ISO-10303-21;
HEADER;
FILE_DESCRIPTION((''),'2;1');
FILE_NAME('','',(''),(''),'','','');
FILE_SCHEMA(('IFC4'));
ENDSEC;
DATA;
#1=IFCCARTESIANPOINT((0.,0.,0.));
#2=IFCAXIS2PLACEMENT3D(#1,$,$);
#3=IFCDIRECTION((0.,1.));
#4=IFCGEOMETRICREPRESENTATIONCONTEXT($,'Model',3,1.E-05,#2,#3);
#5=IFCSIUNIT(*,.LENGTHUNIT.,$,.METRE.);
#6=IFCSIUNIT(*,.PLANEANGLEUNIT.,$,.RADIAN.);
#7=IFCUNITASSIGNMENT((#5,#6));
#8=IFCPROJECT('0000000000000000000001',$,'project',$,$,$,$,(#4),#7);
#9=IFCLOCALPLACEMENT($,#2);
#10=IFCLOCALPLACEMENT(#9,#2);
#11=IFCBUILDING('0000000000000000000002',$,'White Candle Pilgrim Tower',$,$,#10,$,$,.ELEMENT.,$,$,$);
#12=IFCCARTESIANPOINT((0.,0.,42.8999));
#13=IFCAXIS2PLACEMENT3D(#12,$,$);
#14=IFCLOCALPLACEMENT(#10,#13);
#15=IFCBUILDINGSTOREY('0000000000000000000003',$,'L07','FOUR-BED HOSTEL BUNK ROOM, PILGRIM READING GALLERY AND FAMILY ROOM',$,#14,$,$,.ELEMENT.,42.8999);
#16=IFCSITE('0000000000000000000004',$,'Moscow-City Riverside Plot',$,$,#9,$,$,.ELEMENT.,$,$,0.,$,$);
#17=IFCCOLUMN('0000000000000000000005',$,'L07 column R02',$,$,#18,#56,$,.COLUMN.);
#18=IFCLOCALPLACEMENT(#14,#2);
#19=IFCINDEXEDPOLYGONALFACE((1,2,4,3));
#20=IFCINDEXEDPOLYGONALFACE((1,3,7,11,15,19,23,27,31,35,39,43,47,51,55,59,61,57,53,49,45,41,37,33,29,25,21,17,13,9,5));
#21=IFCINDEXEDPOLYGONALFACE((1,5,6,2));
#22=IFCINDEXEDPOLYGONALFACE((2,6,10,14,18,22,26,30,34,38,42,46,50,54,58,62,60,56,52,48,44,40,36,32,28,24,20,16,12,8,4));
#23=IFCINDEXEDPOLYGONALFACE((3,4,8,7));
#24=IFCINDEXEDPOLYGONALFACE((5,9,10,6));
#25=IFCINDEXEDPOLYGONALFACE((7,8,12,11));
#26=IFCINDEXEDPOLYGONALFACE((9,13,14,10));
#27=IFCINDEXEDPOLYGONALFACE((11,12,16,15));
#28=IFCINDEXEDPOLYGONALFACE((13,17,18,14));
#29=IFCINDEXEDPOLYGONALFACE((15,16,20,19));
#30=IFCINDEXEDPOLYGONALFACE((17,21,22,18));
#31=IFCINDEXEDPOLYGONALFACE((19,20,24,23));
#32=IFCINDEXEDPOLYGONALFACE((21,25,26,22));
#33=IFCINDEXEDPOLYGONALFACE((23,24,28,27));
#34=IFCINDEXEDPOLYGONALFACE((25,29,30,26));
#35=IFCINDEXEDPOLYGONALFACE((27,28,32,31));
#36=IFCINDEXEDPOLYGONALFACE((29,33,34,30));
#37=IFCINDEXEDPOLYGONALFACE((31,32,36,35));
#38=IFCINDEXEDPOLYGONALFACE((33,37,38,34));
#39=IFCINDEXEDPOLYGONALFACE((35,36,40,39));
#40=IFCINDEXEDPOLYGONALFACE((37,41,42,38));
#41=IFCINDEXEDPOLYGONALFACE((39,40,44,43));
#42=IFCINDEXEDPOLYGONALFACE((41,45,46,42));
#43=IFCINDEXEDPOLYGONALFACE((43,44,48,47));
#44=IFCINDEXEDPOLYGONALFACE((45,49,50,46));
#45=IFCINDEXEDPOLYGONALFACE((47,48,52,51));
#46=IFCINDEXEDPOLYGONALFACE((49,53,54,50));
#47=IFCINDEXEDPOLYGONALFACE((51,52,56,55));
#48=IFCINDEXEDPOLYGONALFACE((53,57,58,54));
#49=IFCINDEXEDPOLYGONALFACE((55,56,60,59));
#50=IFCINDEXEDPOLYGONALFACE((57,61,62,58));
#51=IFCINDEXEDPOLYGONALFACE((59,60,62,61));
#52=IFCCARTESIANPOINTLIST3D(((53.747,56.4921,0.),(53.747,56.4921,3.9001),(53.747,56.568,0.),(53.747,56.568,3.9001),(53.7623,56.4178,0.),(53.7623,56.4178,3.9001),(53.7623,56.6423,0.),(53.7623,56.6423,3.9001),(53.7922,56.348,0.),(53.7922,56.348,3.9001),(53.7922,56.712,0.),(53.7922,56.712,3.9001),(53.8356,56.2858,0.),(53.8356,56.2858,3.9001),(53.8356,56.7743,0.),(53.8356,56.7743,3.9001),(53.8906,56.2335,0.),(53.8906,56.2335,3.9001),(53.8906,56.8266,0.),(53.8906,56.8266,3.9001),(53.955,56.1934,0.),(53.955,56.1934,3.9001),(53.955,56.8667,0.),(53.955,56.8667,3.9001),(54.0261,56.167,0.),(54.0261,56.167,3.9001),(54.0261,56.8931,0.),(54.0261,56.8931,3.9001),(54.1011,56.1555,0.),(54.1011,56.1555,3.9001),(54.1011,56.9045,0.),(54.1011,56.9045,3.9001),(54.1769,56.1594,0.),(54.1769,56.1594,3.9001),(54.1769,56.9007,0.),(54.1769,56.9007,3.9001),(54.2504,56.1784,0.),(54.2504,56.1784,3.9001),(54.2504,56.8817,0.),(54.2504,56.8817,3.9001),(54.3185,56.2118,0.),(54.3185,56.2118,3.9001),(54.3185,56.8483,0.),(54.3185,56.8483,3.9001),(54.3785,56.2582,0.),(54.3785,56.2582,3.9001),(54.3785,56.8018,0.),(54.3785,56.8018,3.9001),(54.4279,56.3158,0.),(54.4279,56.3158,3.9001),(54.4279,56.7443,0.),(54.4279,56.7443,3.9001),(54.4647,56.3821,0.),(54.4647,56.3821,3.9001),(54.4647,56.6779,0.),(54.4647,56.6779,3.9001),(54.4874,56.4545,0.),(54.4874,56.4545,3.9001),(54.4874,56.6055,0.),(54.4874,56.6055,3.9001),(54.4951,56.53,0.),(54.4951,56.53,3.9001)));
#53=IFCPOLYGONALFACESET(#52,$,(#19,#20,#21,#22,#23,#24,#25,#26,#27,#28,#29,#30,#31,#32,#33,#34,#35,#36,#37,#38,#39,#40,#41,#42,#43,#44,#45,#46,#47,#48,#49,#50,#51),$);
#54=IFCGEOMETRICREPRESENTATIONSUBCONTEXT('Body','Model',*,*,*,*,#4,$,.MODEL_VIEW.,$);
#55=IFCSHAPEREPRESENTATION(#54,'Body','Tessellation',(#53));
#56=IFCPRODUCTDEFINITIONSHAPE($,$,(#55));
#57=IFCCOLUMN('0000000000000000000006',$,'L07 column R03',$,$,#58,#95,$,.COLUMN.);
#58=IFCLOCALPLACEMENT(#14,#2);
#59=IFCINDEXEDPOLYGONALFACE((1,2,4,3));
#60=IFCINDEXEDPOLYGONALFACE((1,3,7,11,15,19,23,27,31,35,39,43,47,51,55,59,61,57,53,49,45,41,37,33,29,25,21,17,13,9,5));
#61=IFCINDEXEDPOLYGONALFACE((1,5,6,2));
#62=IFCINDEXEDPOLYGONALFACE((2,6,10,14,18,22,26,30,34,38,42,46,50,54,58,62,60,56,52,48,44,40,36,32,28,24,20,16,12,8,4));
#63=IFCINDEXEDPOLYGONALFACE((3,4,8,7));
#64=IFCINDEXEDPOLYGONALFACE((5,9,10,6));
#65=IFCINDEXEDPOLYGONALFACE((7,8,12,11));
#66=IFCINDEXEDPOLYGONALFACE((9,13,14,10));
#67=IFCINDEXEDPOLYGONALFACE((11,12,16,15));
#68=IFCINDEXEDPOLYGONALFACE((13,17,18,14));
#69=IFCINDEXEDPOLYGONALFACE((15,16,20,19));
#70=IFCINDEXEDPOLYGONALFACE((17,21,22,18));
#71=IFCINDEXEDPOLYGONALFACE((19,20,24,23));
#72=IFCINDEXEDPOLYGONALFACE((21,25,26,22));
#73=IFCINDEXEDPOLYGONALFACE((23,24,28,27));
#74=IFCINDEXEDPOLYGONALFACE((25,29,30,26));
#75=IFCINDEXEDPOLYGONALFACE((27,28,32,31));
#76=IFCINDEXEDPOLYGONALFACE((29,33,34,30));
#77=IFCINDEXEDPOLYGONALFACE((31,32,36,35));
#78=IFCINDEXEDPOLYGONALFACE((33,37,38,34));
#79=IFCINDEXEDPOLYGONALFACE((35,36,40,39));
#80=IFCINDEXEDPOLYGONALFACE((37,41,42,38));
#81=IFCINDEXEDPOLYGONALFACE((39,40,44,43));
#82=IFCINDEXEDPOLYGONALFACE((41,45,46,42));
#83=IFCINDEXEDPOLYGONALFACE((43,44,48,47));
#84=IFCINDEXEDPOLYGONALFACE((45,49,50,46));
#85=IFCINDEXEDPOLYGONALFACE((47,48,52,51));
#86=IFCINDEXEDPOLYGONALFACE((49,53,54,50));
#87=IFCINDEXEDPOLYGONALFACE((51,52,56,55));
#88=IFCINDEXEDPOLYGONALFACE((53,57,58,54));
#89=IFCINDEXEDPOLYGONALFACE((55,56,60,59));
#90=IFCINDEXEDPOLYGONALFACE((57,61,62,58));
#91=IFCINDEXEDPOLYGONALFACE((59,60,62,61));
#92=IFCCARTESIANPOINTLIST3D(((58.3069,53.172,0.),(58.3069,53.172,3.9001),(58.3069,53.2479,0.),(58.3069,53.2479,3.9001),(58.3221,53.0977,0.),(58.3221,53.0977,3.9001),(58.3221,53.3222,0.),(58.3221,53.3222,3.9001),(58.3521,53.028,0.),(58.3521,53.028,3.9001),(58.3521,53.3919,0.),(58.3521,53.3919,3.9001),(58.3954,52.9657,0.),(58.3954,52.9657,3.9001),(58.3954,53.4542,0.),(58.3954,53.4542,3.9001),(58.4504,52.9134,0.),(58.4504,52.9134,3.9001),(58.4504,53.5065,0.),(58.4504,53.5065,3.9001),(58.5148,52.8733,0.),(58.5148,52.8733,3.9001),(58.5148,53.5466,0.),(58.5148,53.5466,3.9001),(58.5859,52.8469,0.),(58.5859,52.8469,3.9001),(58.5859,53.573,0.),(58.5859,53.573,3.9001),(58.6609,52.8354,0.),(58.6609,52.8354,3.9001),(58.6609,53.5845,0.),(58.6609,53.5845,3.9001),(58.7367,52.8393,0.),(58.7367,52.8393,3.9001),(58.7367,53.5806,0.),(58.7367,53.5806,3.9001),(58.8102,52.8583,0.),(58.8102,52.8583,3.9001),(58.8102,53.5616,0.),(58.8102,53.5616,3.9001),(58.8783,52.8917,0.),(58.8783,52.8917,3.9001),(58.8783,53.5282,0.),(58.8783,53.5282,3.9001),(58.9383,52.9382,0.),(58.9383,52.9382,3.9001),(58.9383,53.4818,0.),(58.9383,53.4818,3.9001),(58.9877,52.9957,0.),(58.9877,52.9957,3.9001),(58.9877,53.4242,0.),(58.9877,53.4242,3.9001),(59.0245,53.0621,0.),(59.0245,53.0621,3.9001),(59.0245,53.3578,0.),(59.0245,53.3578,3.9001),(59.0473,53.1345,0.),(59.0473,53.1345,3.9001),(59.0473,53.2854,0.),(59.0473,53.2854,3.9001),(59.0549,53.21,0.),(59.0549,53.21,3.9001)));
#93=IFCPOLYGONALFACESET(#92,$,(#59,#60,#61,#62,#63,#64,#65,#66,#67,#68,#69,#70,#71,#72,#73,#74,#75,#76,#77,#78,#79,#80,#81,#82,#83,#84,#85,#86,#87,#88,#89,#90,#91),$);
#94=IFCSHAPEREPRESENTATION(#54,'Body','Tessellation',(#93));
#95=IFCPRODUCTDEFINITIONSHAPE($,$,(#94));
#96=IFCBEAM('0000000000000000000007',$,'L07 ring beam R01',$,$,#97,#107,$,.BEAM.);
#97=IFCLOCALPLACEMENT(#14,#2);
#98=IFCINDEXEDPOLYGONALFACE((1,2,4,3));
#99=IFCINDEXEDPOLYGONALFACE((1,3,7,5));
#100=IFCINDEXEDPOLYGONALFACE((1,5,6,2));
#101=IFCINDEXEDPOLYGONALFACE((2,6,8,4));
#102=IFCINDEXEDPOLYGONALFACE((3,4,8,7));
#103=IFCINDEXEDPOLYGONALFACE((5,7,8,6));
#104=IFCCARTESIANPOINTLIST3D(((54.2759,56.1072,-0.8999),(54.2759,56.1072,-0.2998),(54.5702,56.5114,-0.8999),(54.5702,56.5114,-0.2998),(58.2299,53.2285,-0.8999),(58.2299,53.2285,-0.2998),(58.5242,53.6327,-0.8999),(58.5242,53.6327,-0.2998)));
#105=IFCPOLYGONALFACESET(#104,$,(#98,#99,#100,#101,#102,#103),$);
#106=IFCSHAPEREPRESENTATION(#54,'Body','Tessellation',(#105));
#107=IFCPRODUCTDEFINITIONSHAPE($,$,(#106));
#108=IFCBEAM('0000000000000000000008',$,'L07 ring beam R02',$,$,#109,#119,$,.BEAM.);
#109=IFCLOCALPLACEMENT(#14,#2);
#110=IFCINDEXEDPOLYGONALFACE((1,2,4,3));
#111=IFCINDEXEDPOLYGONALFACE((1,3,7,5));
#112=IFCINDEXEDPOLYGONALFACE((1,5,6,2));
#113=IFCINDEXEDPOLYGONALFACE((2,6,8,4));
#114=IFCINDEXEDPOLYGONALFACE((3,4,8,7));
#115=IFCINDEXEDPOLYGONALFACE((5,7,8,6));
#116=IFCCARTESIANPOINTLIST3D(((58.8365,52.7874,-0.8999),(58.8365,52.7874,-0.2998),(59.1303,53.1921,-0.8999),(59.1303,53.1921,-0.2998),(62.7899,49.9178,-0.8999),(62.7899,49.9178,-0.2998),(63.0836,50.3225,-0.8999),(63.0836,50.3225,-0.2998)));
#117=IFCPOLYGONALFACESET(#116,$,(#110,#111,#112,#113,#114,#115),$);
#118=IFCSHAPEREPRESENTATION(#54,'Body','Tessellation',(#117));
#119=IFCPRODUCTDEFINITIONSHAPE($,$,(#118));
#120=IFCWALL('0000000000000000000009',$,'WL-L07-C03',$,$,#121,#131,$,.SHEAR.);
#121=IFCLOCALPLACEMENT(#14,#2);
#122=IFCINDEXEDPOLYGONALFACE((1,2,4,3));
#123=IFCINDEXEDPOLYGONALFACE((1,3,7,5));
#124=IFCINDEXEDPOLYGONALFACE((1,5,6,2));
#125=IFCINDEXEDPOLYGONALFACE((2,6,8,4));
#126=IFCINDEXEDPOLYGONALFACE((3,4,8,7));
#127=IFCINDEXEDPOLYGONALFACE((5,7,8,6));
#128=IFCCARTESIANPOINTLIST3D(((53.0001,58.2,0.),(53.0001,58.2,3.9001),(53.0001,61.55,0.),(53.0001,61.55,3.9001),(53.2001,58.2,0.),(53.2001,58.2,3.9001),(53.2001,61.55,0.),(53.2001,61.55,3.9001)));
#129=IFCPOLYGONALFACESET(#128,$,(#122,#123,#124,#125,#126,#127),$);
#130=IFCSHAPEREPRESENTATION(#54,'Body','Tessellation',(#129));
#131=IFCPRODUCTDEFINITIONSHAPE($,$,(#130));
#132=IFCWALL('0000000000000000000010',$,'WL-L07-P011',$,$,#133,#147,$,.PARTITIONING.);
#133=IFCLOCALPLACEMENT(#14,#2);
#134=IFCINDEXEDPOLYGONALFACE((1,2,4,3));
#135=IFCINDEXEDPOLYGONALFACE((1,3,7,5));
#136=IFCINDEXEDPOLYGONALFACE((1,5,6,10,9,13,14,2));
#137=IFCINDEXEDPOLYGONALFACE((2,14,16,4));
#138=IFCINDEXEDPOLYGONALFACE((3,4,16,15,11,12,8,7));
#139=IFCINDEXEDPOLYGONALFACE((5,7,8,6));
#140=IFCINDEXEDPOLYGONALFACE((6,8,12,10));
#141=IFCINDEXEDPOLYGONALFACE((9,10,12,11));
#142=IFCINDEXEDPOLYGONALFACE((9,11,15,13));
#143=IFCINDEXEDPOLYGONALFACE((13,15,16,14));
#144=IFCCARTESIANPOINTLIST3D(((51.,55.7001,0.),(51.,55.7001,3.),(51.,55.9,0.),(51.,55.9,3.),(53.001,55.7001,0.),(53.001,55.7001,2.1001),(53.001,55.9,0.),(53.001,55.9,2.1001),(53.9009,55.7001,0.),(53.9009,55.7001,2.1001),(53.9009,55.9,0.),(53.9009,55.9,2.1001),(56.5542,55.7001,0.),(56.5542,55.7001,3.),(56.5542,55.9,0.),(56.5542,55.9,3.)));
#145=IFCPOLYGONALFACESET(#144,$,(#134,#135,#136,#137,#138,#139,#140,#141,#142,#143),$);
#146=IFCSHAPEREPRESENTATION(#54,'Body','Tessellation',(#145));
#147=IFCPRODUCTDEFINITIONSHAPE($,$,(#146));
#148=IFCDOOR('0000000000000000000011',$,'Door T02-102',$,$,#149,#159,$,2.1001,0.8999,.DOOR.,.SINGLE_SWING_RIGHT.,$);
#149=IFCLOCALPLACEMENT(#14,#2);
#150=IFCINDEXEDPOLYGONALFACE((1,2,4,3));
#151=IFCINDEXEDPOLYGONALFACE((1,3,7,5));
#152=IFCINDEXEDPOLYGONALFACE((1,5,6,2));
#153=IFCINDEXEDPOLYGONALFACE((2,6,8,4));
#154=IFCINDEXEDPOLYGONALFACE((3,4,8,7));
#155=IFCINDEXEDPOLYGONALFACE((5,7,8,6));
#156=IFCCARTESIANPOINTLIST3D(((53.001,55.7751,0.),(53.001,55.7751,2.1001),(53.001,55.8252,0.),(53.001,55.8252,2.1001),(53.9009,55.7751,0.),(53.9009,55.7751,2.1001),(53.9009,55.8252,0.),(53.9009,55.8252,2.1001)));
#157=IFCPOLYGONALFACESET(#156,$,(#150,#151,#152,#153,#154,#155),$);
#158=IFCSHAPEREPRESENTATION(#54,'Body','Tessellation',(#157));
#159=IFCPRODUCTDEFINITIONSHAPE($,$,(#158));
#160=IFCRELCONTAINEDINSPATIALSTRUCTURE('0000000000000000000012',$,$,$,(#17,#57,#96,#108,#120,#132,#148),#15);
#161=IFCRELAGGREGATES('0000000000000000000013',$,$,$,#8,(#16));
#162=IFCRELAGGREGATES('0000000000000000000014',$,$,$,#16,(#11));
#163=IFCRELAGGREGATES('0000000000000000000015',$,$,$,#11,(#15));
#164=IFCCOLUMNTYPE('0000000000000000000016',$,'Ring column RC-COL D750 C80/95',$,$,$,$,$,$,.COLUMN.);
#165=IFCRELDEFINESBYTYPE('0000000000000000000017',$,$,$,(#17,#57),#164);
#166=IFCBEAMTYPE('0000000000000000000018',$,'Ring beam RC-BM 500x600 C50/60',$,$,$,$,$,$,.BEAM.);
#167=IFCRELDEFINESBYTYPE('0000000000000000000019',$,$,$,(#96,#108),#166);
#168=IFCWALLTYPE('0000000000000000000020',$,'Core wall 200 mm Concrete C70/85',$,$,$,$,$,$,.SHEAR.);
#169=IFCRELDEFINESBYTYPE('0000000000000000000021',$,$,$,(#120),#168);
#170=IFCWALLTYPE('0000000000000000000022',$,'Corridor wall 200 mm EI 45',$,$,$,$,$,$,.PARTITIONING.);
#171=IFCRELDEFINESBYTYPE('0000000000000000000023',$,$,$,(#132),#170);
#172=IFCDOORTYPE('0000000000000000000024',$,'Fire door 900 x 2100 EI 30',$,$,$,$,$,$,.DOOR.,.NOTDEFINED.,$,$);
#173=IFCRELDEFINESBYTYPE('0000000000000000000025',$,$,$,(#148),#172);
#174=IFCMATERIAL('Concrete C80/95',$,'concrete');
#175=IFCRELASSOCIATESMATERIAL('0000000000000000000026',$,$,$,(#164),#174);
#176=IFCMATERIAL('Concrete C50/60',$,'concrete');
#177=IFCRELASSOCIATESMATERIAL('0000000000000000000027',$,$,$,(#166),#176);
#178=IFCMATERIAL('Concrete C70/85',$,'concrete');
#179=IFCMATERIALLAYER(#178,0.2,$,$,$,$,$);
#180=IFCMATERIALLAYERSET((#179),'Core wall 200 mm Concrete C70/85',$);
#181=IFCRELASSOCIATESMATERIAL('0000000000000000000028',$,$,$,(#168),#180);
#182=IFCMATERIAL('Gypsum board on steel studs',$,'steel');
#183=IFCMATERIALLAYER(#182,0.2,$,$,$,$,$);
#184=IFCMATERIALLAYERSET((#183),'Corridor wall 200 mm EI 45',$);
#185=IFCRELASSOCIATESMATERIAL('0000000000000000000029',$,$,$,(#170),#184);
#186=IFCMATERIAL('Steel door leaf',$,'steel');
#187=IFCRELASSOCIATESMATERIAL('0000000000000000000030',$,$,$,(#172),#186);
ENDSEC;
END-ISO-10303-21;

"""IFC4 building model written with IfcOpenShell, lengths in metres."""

from ifc_helpers import new_model, si_unit, direction, frame, frame_2d, origin, origin_2d, place, context, subcontext, project, spatial, rectangle, circle, extrude, material, layer, layer_set, material_profile, profile_set, type_object, element, fill, save


model = new_model("IFC4")

# Units and contexts
model_context = context("Model", 3, precision=1e-05, world=origin(), true_north=direction((0.0, 1.0)))
body_context = subcontext(model_context, "Body", "Model", "MODEL_VIEW")
ifc_project = project(units=[si_unit("LENGTHUNIT", "METRE"), si_unit("PLANEANGLEUNIT", "RADIAN")], contexts=[model_context])

# Site, building, storey
site_placement = place(None, origin())
site = spatial("IfcSite", under=ifc_project, at=site_placement, Name="Moscow-City Riverside Plot", CompositionType="ELEMENT", RefElevation=0.0)
building_placement = place(site_placement, origin())
building = spatial("IfcBuilding", under=site, at=building_placement, Name="White Candle Pilgrim Tower", CompositionType="ELEMENT")
storey_placement = place(building_placement, frame((0.0, 0.0, 42.8999)))
storey = spatial("IfcBuildingStorey", under=building, at=storey_placement, Name="L07", Description="FOUR-BED HOSTEL BUNK ROOM, PILGRIM READING GALLERY AND FAMILY ROOM", CompositionType="ELEMENT", Elevation=42.8999)

# Columns
ifc_material_1 = material(Name="Concrete C80/95", Category="concrete")
ifc_material_profile_1 = material_profile(ifc_material_1, circle(Radius=0.375, at=origin_2d()), Name="RC-COL D750")
ifc_profile_set_1 = profile_set([ifc_material_profile_1], Name="Concrete C80/95")
column_type = type_object("IfcColumnType", Name="Ring column RC-COL D750 C80/95", PredefinedType="COLUMN", material=ifc_profile_set_1)
for number, where, z_axis, x_axis, name in (
    (1, (54.1201, 56.53, 0.0), (0.0, 0.0, 1.0), (1.0, 0.0, 0.0), "L07 column R02"),
    (2, (58.6799, 53.21, 0.0), (0.0, 0.0, 1.0), (1.0, 0.0, 0.0), "L07 column R03"),
):
    element("IfcColumn", number, at=place(storey_placement, frame(where, z_axis=z_axis, x_axis=x_axis)), inside=storey, type_object=column_type, Name=name, PredefinedType="COLUMN", context=body_context, shape_type="SweptSolid", body=[
        extrude(circle(Radius=0.375, at=origin_2d()), origin(), (0.0, 0.0, 1.0), 3.9001),
    ])

# Beams
ifc_material_2 = material(Name="Concrete C50/60", Category="concrete")
ifc_material_profile_2 = material_profile(ifc_material_2, rectangle(XDim=0.5, YDim=0.6001, at=origin_2d()), Name="RC-BM 500x600")
ifc_profile_set_2 = profile_set([ifc_material_profile_2], Name="Concrete C50/60")
beam_type = type_object("IfcBeamType", Name="Ring beam RC-BM 500x600 C50/60", PredefinedType="BEAM", material=ifc_profile_set_2)
beam_1_placement = place(storey_placement, frame((54.4231, 56.3093, -0.5999), z_axis=(0.808432, -0.58859, 0.0), x_axis=(0.58859, 0.808432, 0.0)))
element("IfcBeam", 3, at=beam_1_placement, inside=storey, type_object=beam_type, Name="L07 ring beam R01", PredefinedType="BEAM", context=body_context, shape_type="SweptSolid", body=[
    extrude(rectangle(XDim=0.5, YDim=0.6001, at=origin_2d()), origin(), (0.0, 0.0, 1.0), 4.8909),
])
beam_2_placement = place(storey_placement, frame((58.9834, 52.9897, -0.5999), z_axis=(0.809276, -0.587429, 0.0), x_axis=(0.587429, 0.809276, 0.0)))
element("IfcBeam", 4, at=beam_2_placement, inside=storey, type_object=beam_type, Name="L07 ring beam R02", PredefinedType="BEAM", context=body_context, shape_type="SweptSolid", body=[
    extrude(rectangle(XDim=0.5, YDim=0.6001, at=origin_2d()), origin(), (0.0, 0.0, 1.0), 4.885),
])

# Wall
ifc_material_3 = material(Name="Concrete C70/85", Category="concrete")
ifc_layer_1 = layer(ifc_material_3, 0.2)
ifc_layer_set_1 = layer_set([ifc_layer_1], Name="Core wall 200 mm Concrete C70/85")
wall_type_1 = type_object("IfcWallType", Name="Core wall 200 mm Concrete C70/85", PredefinedType="SHEAR", material=ifc_layer_set_1)
wall_1_placement = place(storey_placement, frame((53.1001, 58.2, 0.0), z_axis=(0.0, 0.0, 1.0), x_axis=(0.0, 1.0, 0.0)))
element("IfcWall", 5, at=wall_1_placement, inside=storey, type_object=wall_type_1, Name="WL-L07-C03", PredefinedType="SHEAR", context=body_context, shape_type="SweptSolid", body=[
    extrude(rectangle(XDim=3.3501, YDim=0.2, at=frame_2d((1.675, 0.0))), origin(), (0.0, 0.0, 1.0), 3.9001),
])

# Wall, opening, door
ifc_material_4 = material(Name="Gypsum board on steel studs", Category="steel")
ifc_layer_2 = layer(ifc_material_4, 0.2)
ifc_layer_set_2 = layer_set([ifc_layer_2], Name="Corridor wall 200 mm EI 45")
wall_type_2 = type_object("IfcWallType", Name="Corridor wall 200 mm EI 45", PredefinedType="PARTITIONING", material=ifc_layer_set_2)
wall_2_placement = place(storey_placement, frame((56.5542, 55.8, 0.0), z_axis=(0.0, 0.0, 1.0), x_axis=(-1.0, 0.0, 0.0)))
wall_2 = element("IfcWall", 6, at=wall_2_placement, inside=storey, type_object=wall_type_2, Name="WL-L07-P011", PredefinedType="PARTITIONING", context=body_context, shape_type="SweptSolid", body=[
    extrude(rectangle(XDim=5.5542, YDim=0.2, at=frame_2d((2.7771, 0.0))), origin(), (0.0, 0.0, 1.0), 3.0),
])
opening_1_placement = place(wall_2_placement, frame((2.6533, 0.0, 0.0)))
opening_1 = element("IfcOpeningElement", 7, at=opening_1_placement, cuts=wall_2, PredefinedType="OPENING", context=body_context, shape_type="SweptSolid", body=[
    extrude(rectangle(XDim=0.8999, YDim=2.1001, at=frame_2d((0.45, 1.05))), frame((0.0, 0.1099, 0.0), z_axis=(0.0, -1.0, 0.0), x_axis=(1.0, 0.0, 0.0)), (0.0, 0.0, 1.0), 0.22),
])
ifc_material_5 = material(Name="Steel door leaf", Category="steel")
door_type_1 = type_object("IfcDoorType", Name="Fire door 900 x 2100 EI 30", OperationType="NOTDEFINED", PredefinedType="DOOR", material=ifc_material_5)
door_1_placement = place(opening_1_placement, origin())
door_1 = element("IfcDoor", 8, at=door_1_placement, inside=storey, type_object=door_type_1, Name="Door T02-102", OperationType="SINGLE_SWING_RIGHT", OverallHeight=2.1001, OverallWidth=0.8999, PredefinedType="DOOR", context=body_context, shape_type="SweptSolid", body=[
    extrude(rectangle(XDim=0.8999, YDim=2.1001, at=frame_2d((0.45, 1.05))), frame((0.0, 0.0249, 0.0), z_axis=(0.0, -1.0, 0.0), x_axis=(1.0, 0.0, 0.0)), (0.0, 0.0, 1.0), 0.05),
])
fill(opening_1, door_1)

save(model, "model.ifc")
